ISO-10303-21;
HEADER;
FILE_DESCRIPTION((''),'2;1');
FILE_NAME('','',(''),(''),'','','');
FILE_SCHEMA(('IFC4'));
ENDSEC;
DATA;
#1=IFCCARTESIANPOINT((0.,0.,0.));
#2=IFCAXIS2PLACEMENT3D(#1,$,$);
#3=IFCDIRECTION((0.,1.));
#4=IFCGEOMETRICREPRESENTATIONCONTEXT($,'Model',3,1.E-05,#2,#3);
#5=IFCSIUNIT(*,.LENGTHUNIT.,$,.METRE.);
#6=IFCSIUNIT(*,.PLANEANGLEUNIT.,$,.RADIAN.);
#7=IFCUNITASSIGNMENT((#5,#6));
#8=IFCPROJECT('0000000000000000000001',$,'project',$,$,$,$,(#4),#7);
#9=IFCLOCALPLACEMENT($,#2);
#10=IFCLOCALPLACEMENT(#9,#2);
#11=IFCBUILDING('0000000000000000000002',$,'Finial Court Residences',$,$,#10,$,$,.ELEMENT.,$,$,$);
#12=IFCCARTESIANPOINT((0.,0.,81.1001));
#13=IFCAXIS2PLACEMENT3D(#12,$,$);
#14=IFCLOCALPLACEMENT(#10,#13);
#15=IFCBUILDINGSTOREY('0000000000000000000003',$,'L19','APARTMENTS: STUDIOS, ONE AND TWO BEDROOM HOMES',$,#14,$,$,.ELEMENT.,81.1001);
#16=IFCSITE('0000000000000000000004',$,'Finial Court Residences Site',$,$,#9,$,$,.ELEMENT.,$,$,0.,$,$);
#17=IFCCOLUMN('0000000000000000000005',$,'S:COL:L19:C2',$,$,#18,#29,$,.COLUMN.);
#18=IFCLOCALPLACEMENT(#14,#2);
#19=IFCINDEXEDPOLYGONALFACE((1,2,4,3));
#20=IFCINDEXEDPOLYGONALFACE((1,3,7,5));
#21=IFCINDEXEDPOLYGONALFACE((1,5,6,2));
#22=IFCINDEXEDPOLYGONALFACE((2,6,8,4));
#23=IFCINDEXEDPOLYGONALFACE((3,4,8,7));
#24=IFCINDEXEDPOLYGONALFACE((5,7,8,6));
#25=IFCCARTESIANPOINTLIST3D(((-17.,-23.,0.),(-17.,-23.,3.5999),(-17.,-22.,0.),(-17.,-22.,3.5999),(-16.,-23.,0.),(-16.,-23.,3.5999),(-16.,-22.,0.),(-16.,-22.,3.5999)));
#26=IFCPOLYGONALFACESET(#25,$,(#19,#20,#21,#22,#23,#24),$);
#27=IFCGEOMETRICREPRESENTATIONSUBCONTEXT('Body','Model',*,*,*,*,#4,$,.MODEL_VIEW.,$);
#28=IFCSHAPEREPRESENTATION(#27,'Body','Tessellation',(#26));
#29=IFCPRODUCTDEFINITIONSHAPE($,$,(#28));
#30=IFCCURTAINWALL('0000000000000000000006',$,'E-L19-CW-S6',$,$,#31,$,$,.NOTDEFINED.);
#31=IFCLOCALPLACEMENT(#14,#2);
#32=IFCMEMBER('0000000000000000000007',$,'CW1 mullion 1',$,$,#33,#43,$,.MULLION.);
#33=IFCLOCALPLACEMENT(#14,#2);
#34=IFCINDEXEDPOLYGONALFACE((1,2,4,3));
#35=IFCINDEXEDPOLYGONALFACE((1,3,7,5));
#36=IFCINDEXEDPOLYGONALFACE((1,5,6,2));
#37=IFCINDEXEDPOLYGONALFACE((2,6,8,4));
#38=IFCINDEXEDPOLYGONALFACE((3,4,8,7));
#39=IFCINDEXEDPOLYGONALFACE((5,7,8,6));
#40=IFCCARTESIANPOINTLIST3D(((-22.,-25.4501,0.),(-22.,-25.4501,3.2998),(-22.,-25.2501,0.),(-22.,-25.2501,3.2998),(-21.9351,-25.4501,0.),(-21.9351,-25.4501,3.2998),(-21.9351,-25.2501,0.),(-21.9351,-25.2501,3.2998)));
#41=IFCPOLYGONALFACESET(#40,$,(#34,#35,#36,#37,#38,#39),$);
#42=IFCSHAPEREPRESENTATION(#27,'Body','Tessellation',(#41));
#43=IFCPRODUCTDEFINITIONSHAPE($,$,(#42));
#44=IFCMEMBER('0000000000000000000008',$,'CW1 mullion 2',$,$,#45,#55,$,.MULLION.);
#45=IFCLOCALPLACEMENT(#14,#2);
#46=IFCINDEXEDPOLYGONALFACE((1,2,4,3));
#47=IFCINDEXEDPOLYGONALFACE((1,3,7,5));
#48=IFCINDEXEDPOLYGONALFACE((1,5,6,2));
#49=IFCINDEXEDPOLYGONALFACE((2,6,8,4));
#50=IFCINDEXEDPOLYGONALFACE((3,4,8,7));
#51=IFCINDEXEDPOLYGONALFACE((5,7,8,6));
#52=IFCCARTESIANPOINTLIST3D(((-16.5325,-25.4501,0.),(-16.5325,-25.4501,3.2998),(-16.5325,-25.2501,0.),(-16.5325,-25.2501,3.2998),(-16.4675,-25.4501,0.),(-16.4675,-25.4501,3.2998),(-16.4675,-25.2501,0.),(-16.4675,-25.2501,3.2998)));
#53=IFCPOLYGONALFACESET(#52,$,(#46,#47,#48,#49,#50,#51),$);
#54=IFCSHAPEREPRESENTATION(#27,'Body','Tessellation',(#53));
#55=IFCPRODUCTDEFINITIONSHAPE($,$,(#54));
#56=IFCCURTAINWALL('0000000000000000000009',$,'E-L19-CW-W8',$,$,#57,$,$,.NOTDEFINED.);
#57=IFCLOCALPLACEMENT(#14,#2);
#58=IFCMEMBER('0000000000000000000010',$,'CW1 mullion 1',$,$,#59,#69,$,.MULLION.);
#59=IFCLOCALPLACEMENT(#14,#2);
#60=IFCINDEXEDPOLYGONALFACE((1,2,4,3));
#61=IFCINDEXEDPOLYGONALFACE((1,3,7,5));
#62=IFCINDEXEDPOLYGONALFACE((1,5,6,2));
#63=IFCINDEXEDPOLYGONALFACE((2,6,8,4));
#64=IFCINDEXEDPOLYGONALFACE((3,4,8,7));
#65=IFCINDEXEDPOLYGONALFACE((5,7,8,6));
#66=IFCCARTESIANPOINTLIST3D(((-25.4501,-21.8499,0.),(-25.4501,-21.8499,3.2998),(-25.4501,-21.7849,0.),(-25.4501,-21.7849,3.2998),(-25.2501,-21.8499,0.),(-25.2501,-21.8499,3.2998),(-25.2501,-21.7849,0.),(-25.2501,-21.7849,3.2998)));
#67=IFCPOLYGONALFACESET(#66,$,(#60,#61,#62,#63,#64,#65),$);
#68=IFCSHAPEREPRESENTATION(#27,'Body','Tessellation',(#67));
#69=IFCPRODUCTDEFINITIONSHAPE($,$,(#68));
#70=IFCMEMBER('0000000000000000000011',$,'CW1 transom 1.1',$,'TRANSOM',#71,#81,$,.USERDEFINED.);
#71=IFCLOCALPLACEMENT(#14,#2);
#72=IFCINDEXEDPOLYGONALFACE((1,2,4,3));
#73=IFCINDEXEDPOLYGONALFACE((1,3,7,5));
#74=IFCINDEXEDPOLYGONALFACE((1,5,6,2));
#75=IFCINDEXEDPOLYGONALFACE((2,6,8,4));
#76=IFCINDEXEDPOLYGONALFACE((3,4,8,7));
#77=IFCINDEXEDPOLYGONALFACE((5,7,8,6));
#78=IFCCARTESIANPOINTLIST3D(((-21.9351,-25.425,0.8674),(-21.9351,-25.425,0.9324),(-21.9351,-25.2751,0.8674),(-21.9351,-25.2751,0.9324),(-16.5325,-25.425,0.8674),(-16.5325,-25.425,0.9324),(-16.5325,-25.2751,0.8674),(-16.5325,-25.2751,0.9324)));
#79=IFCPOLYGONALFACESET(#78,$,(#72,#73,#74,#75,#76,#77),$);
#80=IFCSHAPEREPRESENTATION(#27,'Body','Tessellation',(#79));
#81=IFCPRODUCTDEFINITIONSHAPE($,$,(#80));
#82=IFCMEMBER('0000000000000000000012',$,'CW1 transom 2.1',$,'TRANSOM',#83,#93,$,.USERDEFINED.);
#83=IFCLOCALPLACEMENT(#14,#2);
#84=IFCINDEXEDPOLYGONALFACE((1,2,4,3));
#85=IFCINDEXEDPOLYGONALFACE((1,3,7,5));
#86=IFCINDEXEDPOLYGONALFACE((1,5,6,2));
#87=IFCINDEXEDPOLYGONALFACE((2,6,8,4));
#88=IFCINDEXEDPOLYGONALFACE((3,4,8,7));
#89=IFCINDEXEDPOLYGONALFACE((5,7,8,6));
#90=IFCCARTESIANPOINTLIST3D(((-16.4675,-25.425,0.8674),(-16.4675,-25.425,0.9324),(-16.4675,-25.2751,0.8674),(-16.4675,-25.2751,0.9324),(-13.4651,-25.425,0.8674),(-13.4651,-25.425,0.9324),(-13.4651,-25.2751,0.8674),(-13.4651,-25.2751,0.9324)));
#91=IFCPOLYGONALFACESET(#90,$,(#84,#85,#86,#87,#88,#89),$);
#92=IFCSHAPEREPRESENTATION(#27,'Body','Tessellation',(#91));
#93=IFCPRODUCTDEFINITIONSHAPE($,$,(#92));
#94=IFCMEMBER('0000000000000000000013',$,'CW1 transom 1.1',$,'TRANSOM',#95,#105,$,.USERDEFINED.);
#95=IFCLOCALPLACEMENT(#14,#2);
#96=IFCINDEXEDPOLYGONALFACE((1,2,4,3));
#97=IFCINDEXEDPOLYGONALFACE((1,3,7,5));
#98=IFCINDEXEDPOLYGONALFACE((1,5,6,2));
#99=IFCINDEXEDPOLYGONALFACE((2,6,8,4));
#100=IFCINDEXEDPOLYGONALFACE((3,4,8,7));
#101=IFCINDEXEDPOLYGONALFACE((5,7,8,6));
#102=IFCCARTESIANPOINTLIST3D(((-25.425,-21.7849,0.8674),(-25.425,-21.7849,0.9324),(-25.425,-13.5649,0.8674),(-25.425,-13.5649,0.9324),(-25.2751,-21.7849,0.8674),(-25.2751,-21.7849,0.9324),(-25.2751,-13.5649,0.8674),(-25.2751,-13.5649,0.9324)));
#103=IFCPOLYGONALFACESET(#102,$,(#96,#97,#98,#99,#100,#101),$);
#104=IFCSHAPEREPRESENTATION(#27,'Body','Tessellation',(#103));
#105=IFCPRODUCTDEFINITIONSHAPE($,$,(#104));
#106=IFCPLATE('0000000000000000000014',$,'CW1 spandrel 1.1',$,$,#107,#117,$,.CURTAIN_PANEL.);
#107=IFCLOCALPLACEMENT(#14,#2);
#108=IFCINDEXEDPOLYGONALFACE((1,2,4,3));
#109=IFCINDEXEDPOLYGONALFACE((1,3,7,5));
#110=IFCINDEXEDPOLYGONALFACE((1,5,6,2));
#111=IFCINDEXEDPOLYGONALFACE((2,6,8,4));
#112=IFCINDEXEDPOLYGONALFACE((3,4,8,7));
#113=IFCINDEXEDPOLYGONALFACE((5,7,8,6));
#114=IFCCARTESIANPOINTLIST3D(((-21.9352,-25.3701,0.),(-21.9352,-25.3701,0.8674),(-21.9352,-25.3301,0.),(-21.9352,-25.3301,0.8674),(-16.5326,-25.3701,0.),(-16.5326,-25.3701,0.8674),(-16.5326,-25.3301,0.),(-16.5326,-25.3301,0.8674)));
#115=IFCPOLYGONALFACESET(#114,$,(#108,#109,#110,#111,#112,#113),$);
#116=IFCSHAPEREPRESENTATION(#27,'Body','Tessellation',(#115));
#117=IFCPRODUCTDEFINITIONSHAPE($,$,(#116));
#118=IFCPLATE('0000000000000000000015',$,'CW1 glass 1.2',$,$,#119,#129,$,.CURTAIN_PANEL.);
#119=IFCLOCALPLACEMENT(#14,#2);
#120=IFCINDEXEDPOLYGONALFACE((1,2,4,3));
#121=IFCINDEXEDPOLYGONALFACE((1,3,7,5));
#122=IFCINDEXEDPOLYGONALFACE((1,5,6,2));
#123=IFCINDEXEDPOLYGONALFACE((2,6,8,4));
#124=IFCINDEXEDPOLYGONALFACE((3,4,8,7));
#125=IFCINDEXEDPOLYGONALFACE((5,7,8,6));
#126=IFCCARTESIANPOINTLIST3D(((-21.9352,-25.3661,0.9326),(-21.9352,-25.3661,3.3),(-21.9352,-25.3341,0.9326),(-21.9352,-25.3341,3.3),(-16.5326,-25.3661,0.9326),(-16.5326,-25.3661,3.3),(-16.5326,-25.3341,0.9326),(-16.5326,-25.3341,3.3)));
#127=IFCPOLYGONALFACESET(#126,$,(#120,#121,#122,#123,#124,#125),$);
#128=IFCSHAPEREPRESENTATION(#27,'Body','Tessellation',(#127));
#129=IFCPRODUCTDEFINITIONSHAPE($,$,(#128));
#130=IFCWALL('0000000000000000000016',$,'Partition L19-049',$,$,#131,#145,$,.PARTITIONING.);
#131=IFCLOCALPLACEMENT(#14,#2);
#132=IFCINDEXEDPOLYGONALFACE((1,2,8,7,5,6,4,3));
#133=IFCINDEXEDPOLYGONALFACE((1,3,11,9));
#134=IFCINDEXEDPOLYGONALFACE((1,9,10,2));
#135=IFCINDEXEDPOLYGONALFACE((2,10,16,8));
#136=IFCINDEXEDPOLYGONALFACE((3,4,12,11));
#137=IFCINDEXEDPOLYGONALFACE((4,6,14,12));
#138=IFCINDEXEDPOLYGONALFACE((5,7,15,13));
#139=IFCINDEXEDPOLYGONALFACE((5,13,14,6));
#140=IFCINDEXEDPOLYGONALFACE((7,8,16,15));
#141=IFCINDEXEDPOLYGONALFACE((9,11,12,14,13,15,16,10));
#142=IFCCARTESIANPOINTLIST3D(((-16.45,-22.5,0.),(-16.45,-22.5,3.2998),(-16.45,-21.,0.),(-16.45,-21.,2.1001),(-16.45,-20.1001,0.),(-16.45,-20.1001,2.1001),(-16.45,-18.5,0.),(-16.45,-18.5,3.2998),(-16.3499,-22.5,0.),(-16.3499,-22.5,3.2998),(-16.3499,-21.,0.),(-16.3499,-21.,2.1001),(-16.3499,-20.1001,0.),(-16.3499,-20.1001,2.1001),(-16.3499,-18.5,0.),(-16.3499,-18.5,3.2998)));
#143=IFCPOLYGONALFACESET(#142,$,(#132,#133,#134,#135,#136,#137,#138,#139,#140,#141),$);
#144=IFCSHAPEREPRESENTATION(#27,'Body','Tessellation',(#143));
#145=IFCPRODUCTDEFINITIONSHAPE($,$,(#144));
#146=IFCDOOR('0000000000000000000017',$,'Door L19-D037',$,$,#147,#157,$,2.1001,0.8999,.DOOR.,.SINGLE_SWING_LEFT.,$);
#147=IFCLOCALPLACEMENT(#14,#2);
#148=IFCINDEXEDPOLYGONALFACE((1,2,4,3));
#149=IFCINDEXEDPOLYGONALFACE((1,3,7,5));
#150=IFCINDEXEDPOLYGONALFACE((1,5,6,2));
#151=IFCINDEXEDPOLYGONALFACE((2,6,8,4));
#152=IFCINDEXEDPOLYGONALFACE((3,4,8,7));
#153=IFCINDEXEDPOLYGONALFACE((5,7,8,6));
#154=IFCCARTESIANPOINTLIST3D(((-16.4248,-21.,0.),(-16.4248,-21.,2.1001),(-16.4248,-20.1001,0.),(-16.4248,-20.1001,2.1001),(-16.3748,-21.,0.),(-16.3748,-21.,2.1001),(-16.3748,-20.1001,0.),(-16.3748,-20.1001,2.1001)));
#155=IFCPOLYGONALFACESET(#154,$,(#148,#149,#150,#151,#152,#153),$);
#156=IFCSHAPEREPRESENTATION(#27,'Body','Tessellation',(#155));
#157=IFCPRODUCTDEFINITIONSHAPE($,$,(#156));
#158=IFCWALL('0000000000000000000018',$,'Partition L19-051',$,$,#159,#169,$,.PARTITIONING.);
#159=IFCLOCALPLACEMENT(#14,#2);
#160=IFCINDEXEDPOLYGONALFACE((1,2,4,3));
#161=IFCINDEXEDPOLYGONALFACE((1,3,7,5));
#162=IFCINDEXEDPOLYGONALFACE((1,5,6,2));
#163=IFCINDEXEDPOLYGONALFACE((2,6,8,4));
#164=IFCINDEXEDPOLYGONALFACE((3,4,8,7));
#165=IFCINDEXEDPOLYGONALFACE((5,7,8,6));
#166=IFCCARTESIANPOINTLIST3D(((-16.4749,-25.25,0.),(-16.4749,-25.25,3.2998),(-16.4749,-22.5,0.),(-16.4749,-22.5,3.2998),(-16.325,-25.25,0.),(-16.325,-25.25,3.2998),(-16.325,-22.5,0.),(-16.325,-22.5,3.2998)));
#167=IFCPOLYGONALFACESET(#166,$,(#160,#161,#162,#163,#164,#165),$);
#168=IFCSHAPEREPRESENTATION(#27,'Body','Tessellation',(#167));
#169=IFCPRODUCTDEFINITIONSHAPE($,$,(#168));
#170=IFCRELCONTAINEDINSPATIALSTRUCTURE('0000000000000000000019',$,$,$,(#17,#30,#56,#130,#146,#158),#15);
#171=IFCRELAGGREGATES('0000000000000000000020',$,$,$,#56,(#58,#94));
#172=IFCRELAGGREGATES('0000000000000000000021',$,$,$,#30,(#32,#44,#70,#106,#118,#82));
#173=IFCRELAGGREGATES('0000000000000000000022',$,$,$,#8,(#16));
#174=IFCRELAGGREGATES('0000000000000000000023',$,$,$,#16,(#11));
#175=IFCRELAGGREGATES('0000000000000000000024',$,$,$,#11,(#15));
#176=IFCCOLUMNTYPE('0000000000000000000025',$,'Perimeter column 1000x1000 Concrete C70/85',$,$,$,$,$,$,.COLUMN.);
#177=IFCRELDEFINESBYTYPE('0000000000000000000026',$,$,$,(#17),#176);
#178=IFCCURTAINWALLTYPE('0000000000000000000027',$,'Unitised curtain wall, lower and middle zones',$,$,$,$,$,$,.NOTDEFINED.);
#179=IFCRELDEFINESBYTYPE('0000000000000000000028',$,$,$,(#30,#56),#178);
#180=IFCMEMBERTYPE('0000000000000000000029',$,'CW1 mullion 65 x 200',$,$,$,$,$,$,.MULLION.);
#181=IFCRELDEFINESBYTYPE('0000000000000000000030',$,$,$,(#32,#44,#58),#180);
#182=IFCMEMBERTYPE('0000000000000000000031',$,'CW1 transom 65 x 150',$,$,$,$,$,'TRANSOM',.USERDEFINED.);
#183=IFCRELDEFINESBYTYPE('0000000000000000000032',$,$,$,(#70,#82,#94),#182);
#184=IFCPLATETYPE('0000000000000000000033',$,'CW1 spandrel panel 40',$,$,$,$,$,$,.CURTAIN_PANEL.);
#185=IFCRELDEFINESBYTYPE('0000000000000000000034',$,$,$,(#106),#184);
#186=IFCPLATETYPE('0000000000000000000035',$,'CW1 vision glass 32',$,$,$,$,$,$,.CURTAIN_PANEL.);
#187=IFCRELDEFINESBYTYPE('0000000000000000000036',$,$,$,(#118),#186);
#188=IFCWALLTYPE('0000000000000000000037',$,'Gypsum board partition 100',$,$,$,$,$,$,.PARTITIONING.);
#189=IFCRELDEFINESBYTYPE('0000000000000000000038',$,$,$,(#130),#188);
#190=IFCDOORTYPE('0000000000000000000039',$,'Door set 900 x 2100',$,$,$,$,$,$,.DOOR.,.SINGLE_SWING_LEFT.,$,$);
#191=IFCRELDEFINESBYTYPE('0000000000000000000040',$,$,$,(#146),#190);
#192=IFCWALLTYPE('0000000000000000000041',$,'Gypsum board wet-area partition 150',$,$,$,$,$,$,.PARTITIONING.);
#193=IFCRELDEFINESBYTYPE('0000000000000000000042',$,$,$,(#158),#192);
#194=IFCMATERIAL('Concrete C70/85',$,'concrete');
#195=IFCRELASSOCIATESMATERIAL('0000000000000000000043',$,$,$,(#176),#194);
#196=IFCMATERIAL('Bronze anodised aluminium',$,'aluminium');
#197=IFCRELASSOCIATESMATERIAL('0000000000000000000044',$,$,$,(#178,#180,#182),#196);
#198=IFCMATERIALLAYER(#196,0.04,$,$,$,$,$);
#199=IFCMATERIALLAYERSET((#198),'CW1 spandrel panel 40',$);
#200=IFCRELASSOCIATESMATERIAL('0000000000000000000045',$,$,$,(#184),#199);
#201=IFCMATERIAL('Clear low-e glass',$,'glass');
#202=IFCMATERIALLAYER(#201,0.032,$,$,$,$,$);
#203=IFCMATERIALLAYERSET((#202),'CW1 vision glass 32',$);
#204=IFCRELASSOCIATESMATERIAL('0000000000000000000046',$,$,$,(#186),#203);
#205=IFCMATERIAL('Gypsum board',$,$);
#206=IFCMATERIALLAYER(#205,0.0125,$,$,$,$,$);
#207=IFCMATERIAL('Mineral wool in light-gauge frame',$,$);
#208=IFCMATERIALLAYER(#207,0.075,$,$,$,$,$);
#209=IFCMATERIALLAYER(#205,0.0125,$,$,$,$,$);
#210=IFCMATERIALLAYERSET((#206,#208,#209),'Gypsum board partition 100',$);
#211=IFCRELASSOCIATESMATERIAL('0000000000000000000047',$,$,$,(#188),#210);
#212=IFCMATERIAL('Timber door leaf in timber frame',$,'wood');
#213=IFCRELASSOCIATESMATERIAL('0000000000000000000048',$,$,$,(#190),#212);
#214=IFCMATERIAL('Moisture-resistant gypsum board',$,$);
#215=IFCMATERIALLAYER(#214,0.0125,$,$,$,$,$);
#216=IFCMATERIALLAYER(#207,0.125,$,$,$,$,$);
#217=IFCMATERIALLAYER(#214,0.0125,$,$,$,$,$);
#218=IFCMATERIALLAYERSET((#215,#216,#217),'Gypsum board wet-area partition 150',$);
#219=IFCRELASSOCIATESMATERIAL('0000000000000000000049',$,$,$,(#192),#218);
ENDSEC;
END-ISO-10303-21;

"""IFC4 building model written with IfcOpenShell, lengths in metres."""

from ifc_helpers import new_model, si_unit, direction, frame, frame_2d, origin, origin_2d, place, context, subcontext, project, spatial, rectangle, extrude, material, layer, layer_set, material_profile, profile_set, type_object, element, fill, aggregate, save


model = new_model("IFC4")

# Units and contexts
model_context = context("Model", 3, precision=1e-05, world=origin(), true_north=direction((0.0, 1.0)))
body_context = subcontext(model_context, "Body", "Model", "MODEL_VIEW")
ifc_project = project(units=[si_unit("LENGTHUNIT", "METRE"), si_unit("PLANEANGLEUNIT", "RADIAN")], contexts=[model_context])

# Site, building, storey
site_placement = place(None, origin())
site = spatial("IfcSite", under=ifc_project, at=site_placement, Name="Finial Court Residences Site", CompositionType="ELEMENT", RefElevation=0.0)
building_placement = place(site_placement, origin())
building = spatial("IfcBuilding", under=site, at=building_placement, Name="Finial Court Residences", CompositionType="ELEMENT")
storey_placement = place(building_placement, frame((0.0, 0.0, 81.1001)))
storey = spatial("IfcBuildingStorey", under=building, at=storey_placement, Name="L19", Description="APARTMENTS: STUDIOS, ONE AND TWO BEDROOM HOMES", CompositionType="ELEMENT", Elevation=81.1001)

# Column
ifc_material_1 = material(Name="Concrete C70/85", Category="concrete")
ifc_material_profile_1 = material_profile(ifc_material_1, rectangle(XDim=1.0, YDim=1.0, at=origin_2d()), Name="1000x1000")
ifc_profile_set_1 = profile_set([ifc_material_profile_1], Name="Concrete C70/85")
column_type = type_object("IfcColumnType", Name="Perimeter column 1000x1000 Concrete C70/85", PredefinedType="COLUMN", material=ifc_profile_set_1)
column_placement = place(storey_placement, frame((-16.5, -22.5, 0.0), z_axis=(0.0, 0.0, 1.0), x_axis=(1.0, 0.0, 0.0)))
element("IfcColumn", 1, at=column_placement, inside=storey, type_object=column_type, Name="S:COL:L19:C2", PredefinedType="COLUMN", context=body_context, shape_type="SweptSolid", body=[
    extrude(rectangle(XDim=1.0, YDim=1.0, at=origin_2d()), origin(), (0.0, 0.0, 1.0), 3.5999),
])

# Curtain wall, members
ifc_material_2 = material(Name="Bronze anodised aluminium", Category="aluminium")
curtain_wall_type = type_object("IfcCurtainWallType", Name="Unitised curtain wall, lower and middle zones", PredefinedType="NOTDEFINED", material=ifc_material_2)
curtain_wall_1_placement = place(storey_placement, origin())
curtain_wall_1 = element("IfcCurtainWall", 2, at=curtain_wall_1_placement, inside=storey, type_object=curtain_wall_type, Name="E-L19-CW-S6", PredefinedType="NOTDEFINED")
ifc_material_profile_2 = material_profile(ifc_material_2, rectangle(XDim=0.2, YDim=0.0649, at=origin_2d()), Name="CW1 mullion 65 x 200")
ifc_profile_set_2 = profile_set([ifc_material_profile_2], Name="Bronze anodised aluminium")
member_type_1 = type_object("IfcMemberType", Name="CW1 mullion 65 x 200", PredefinedType="MULLION", material=ifc_profile_set_2)
member_1_placement = place(storey_placement, frame((-21.9675, -25.3501, 0.0), z_axis=(0.0, 0.0, 1.0), x_axis=(0.0, 1.0, 0.0)))
member_1 = element("IfcMember", 3, at=member_1_placement, type_object=member_type_1, Name="CW1 mullion 1", PredefinedType="MULLION", context=body_context, shape_type="SweptSolid", body=[
    extrude(rectangle(XDim=0.2, YDim=0.0649, at=origin_2d()), origin(), (0.0, 0.0, 1.0), 3.2998),
])
member_2_placement = place(storey_placement, frame((-16.5, -25.3501, 0.0), z_axis=(0.0, 0.0, 1.0), x_axis=(0.0, 1.0, 0.0)))
member_2 = element("IfcMember", 4, at=member_2_placement, type_object=member_type_1, Name="CW1 mullion 2", PredefinedType="MULLION", context=body_context, shape_type="SweptSolid", body=[
    extrude(rectangle(XDim=0.2, YDim=0.0649, at=origin_2d()), origin(), (0.0, 0.0, 1.0), 3.2998),
])

# Curtain wall, member
curtain_wall_2_placement = place(storey_placement, origin())
curtain_wall_2 = element("IfcCurtainWall", 5, at=curtain_wall_2_placement, inside=storey, type_object=curtain_wall_type, Name="E-L19-CW-W8", PredefinedType="NOTDEFINED")
member_3_placement = place(storey_placement, frame((-25.3501, -21.8174, 0.0), z_axis=(0.0, 0.0, 1.0), x_axis=(-1.0, 0.0, 0.0)))
member_3 = element("IfcMember", 6, at=member_3_placement, type_object=member_type_1, Name="CW1 mullion 1", PredefinedType="MULLION", context=body_context, shape_type="SweptSolid", body=[
    extrude(rectangle(XDim=0.2, YDim=0.0649, at=origin_2d()), origin(), (0.0, 0.0, 1.0), 3.2998),
])

# Members
ifc_material_profile_3 = material_profile(ifc_material_2, rectangle(XDim=0.1499, YDim=0.0649, at=origin_2d()), Name="CW1 transom 65 x 150")
ifc_profile_set_3 = profile_set([ifc_material_profile_3], Name="Bronze anodised aluminium")
member_type_2 = type_object("IfcMemberType", Name="CW1 transom 65 x 150", ElementType="TRANSOM", PredefinedType="USERDEFINED", material=ifc_profile_set_3)
member_4_placement = place(storey_placement, frame((-21.9351, -25.3501, 0.8999), z_axis=(1.0, 0.0, 0.0), x_axis=(0.0, 1.0, 0.0)))
member_4 = element("IfcMember", 7, at=member_4_placement, type_object=member_type_2, Name="CW1 transom 1.1", ObjectType="TRANSOM", PredefinedType="USERDEFINED", context=body_context, shape_type="SweptSolid", body=[
    extrude(rectangle(XDim=0.1499, YDim=0.0649, at=origin_2d()), origin(), (0.0, 0.0, 1.0), 5.4026),
])
member_5_placement = place(storey_placement, frame((-16.4675, -25.3501, 0.8999), z_axis=(1.0, 0.0, 0.0), x_axis=(0.0, 1.0, 0.0)))
member_5 = element("IfcMember", 8, at=member_5_placement, type_object=member_type_2, Name="CW1 transom 2.1", ObjectType="TRANSOM", PredefinedType="USERDEFINED", context=body_context, shape_type="SweptSolid", body=[
    extrude(rectangle(XDim=0.1499, YDim=0.0649, at=origin_2d()), origin(), (0.0, 0.0, 1.0), 3.0024),
])
member_6_placement = place(storey_placement, frame((-25.3501, -21.7849, 0.8999), z_axis=(0.0, 1.0, 0.0), x_axis=(-1.0, 0.0, 0.0)))
member_6 = element("IfcMember", 9, at=member_6_placement, type_object=member_type_2, Name="CW1 transom 1.1", ObjectType="TRANSOM", PredefinedType="USERDEFINED", context=body_context, shape_type="SweptSolid", body=[
    extrude(rectangle(XDim=0.1499, YDim=0.0649, at=origin_2d()), origin(), (0.0, 0.0, 1.0), 8.22),
])
aggregate(curtain_wall_2, [member_3, member_6])

# Plates
ifc_layer_1 = layer(ifc_material_2, 0.04)
ifc_layer_set_1 = layer_set([ifc_layer_1], Name="CW1 spandrel panel 40")
plate_type_1 = type_object("IfcPlateType", Name="CW1 spandrel panel 40", PredefinedType="CURTAIN_PANEL", material=ifc_layer_set_1)
plate_1_placement = place(storey_placement, frame((-19.2339, -25.3501, 0.0), z_axis=(0.0, 0.0, 1.0), x_axis=(1.0, 0.0, 0.0)))
plate_1 = element("IfcPlate", 10, at=plate_1_placement, type_object=plate_type_1, Name="CW1 spandrel 1.1", PredefinedType="CURTAIN_PANEL", context=body_context, shape_type="SweptSolid", body=[
    extrude(rectangle(XDim=5.4026, YDim=0.04, at=origin_2d()), origin(), (0.0, 0.0, 1.0), 0.8674),
])
ifc_material_3 = material(Name="Clear low-e glass", Category="glass")
ifc_layer_2 = layer(ifc_material_3, 0.032)
ifc_layer_set_2 = layer_set([ifc_layer_2], Name="CW1 vision glass 32")
plate_type_2 = type_object("IfcPlateType", Name="CW1 vision glass 32", PredefinedType="CURTAIN_PANEL", material=ifc_layer_set_2)
plate_2_placement = place(storey_placement, frame((-19.2339, -25.3501, 0.9326), z_axis=(0.0, 0.0, 1.0), x_axis=(1.0, 0.0, 0.0)))
plate_2 = element("IfcPlate", 11, at=plate_2_placement, type_object=plate_type_2, Name="CW1 glass 1.2", PredefinedType="CURTAIN_PANEL", context=body_context, shape_type="SweptSolid", body=[
    extrude(rectangle(XDim=5.4026, YDim=0.032, at=origin_2d()), origin(), (0.0, 0.0, 1.0), 2.3674),
])
aggregate(curtain_wall_1, [member_1, member_2, member_4, plate_1, plate_2, member_5])

# Wall, opening, door
ifc_material_4 = material(Name="Gypsum board")
ifc_layer_3 = layer(ifc_material_4, 0.0125)
ifc_material_5 = material(Name="Mineral wool in light-gauge frame")
ifc_layer_4 = layer(ifc_material_5, 0.075)
ifc_layer_5 = layer(ifc_material_4, 0.0125)
ifc_layer_set_3 = layer_set([ifc_layer_3, ifc_layer_4, ifc_layer_5], Name="Gypsum board partition 100")
wall_type_1 = type_object("IfcWallType", Name="Gypsum board partition 100", PredefinedType="PARTITIONING", material=ifc_layer_set_3)
wall_1_placement = place(storey_placement, frame((-16.3999, -22.5, 0.0), z_axis=(0.0, 0.0, 1.0), x_axis=(0.0, 1.0, 0.0)))
wall_1 = element("IfcWall", 12, at=wall_1_placement, inside=storey, type_object=wall_type_1, Name="Partition L19-049", PredefinedType="PARTITIONING", context=body_context, shape_type="SweptSolid", body=[
    extrude(rectangle(XDim=4.0, YDim=0.1001, at=frame_2d((2.0, 0.0))), origin(), (0.0, 0.0, 1.0), 3.2998),
])
opening_1_placement = place(wall_1_placement, frame((1.5, 0.0, 0.0)))
opening_1 = element("IfcOpeningElement", 13, at=opening_1_placement, cuts=wall_1, PredefinedType="OPENING", context=body_context, shape_type="SweptSolid", body=[
    extrude(rectangle(XDim=0.8999, YDim=2.1001, at=frame_2d((0.45, 1.05))), frame((0.0, 0.0601, 0.0), z_axis=(0.0, -1.0, 0.0), x_axis=(1.0, 0.0, 0.0)), (0.0, 0.0, 1.0), 0.1201),
])
ifc_material_6 = material(Name="Timber door leaf in timber frame", Category="wood")
door_type = type_object("IfcDoorType", Name="Door set 900 x 2100", OperationType="SINGLE_SWING_LEFT", PredefinedType="DOOR", material=ifc_material_6)
door_placement = place(opening_1_placement, origin())
door = element("IfcDoor", 14, at=door_placement, inside=storey, type_object=door_type, Name="Door L19-D037", OperationType="SINGLE_SWING_LEFT", OverallHeight=2.1001, OverallWidth=0.8999, PredefinedType="DOOR", context=body_context, shape_type="SweptSolid", body=[
    extrude(rectangle(XDim=0.8999, YDim=2.1001, at=frame_2d((0.45, 1.05))), frame((0.0, 0.0249, 0.0), z_axis=(0.0, -1.0, 0.0), x_axis=(1.0, 0.0, 0.0)), (0.0, 0.0, 1.0), 0.05),
])
fill(opening_1, door)

# Wall
ifc_material_7 = material(Name="Moisture-resistant gypsum board")
ifc_layer_6 = layer(ifc_material_7, 0.0125)
ifc_layer_7 = layer(ifc_material_5, 0.125)
ifc_layer_8 = layer(ifc_material_7, 0.0125)
ifc_layer_set_4 = layer_set([ifc_layer_6, ifc_layer_7, ifc_layer_8], Name="Gypsum board wet-area partition 150")
wall_type_2 = type_object("IfcWallType", Name="Gypsum board wet-area partition 150", PredefinedType="PARTITIONING", material=ifc_layer_set_4)
wall_2_placement = place(storey_placement, frame((-16.3999, -25.25, 0.0), z_axis=(0.0, 0.0, 1.0), x_axis=(0.0, 1.0, 0.0)))
element("IfcWall", 15, at=wall_2_placement, inside=storey, type_object=wall_type_2, Name="Partition L19-051", PredefinedType="PARTITIONING", context=body_context, shape_type="SweptSolid", body=[
    extrude(rectangle(XDim=2.75, YDim=0.1499, at=frame_2d((1.375, 0.0))), origin(), (0.0, 0.0, 1.0), 3.2998),
])

save(model, "model.ifc")
